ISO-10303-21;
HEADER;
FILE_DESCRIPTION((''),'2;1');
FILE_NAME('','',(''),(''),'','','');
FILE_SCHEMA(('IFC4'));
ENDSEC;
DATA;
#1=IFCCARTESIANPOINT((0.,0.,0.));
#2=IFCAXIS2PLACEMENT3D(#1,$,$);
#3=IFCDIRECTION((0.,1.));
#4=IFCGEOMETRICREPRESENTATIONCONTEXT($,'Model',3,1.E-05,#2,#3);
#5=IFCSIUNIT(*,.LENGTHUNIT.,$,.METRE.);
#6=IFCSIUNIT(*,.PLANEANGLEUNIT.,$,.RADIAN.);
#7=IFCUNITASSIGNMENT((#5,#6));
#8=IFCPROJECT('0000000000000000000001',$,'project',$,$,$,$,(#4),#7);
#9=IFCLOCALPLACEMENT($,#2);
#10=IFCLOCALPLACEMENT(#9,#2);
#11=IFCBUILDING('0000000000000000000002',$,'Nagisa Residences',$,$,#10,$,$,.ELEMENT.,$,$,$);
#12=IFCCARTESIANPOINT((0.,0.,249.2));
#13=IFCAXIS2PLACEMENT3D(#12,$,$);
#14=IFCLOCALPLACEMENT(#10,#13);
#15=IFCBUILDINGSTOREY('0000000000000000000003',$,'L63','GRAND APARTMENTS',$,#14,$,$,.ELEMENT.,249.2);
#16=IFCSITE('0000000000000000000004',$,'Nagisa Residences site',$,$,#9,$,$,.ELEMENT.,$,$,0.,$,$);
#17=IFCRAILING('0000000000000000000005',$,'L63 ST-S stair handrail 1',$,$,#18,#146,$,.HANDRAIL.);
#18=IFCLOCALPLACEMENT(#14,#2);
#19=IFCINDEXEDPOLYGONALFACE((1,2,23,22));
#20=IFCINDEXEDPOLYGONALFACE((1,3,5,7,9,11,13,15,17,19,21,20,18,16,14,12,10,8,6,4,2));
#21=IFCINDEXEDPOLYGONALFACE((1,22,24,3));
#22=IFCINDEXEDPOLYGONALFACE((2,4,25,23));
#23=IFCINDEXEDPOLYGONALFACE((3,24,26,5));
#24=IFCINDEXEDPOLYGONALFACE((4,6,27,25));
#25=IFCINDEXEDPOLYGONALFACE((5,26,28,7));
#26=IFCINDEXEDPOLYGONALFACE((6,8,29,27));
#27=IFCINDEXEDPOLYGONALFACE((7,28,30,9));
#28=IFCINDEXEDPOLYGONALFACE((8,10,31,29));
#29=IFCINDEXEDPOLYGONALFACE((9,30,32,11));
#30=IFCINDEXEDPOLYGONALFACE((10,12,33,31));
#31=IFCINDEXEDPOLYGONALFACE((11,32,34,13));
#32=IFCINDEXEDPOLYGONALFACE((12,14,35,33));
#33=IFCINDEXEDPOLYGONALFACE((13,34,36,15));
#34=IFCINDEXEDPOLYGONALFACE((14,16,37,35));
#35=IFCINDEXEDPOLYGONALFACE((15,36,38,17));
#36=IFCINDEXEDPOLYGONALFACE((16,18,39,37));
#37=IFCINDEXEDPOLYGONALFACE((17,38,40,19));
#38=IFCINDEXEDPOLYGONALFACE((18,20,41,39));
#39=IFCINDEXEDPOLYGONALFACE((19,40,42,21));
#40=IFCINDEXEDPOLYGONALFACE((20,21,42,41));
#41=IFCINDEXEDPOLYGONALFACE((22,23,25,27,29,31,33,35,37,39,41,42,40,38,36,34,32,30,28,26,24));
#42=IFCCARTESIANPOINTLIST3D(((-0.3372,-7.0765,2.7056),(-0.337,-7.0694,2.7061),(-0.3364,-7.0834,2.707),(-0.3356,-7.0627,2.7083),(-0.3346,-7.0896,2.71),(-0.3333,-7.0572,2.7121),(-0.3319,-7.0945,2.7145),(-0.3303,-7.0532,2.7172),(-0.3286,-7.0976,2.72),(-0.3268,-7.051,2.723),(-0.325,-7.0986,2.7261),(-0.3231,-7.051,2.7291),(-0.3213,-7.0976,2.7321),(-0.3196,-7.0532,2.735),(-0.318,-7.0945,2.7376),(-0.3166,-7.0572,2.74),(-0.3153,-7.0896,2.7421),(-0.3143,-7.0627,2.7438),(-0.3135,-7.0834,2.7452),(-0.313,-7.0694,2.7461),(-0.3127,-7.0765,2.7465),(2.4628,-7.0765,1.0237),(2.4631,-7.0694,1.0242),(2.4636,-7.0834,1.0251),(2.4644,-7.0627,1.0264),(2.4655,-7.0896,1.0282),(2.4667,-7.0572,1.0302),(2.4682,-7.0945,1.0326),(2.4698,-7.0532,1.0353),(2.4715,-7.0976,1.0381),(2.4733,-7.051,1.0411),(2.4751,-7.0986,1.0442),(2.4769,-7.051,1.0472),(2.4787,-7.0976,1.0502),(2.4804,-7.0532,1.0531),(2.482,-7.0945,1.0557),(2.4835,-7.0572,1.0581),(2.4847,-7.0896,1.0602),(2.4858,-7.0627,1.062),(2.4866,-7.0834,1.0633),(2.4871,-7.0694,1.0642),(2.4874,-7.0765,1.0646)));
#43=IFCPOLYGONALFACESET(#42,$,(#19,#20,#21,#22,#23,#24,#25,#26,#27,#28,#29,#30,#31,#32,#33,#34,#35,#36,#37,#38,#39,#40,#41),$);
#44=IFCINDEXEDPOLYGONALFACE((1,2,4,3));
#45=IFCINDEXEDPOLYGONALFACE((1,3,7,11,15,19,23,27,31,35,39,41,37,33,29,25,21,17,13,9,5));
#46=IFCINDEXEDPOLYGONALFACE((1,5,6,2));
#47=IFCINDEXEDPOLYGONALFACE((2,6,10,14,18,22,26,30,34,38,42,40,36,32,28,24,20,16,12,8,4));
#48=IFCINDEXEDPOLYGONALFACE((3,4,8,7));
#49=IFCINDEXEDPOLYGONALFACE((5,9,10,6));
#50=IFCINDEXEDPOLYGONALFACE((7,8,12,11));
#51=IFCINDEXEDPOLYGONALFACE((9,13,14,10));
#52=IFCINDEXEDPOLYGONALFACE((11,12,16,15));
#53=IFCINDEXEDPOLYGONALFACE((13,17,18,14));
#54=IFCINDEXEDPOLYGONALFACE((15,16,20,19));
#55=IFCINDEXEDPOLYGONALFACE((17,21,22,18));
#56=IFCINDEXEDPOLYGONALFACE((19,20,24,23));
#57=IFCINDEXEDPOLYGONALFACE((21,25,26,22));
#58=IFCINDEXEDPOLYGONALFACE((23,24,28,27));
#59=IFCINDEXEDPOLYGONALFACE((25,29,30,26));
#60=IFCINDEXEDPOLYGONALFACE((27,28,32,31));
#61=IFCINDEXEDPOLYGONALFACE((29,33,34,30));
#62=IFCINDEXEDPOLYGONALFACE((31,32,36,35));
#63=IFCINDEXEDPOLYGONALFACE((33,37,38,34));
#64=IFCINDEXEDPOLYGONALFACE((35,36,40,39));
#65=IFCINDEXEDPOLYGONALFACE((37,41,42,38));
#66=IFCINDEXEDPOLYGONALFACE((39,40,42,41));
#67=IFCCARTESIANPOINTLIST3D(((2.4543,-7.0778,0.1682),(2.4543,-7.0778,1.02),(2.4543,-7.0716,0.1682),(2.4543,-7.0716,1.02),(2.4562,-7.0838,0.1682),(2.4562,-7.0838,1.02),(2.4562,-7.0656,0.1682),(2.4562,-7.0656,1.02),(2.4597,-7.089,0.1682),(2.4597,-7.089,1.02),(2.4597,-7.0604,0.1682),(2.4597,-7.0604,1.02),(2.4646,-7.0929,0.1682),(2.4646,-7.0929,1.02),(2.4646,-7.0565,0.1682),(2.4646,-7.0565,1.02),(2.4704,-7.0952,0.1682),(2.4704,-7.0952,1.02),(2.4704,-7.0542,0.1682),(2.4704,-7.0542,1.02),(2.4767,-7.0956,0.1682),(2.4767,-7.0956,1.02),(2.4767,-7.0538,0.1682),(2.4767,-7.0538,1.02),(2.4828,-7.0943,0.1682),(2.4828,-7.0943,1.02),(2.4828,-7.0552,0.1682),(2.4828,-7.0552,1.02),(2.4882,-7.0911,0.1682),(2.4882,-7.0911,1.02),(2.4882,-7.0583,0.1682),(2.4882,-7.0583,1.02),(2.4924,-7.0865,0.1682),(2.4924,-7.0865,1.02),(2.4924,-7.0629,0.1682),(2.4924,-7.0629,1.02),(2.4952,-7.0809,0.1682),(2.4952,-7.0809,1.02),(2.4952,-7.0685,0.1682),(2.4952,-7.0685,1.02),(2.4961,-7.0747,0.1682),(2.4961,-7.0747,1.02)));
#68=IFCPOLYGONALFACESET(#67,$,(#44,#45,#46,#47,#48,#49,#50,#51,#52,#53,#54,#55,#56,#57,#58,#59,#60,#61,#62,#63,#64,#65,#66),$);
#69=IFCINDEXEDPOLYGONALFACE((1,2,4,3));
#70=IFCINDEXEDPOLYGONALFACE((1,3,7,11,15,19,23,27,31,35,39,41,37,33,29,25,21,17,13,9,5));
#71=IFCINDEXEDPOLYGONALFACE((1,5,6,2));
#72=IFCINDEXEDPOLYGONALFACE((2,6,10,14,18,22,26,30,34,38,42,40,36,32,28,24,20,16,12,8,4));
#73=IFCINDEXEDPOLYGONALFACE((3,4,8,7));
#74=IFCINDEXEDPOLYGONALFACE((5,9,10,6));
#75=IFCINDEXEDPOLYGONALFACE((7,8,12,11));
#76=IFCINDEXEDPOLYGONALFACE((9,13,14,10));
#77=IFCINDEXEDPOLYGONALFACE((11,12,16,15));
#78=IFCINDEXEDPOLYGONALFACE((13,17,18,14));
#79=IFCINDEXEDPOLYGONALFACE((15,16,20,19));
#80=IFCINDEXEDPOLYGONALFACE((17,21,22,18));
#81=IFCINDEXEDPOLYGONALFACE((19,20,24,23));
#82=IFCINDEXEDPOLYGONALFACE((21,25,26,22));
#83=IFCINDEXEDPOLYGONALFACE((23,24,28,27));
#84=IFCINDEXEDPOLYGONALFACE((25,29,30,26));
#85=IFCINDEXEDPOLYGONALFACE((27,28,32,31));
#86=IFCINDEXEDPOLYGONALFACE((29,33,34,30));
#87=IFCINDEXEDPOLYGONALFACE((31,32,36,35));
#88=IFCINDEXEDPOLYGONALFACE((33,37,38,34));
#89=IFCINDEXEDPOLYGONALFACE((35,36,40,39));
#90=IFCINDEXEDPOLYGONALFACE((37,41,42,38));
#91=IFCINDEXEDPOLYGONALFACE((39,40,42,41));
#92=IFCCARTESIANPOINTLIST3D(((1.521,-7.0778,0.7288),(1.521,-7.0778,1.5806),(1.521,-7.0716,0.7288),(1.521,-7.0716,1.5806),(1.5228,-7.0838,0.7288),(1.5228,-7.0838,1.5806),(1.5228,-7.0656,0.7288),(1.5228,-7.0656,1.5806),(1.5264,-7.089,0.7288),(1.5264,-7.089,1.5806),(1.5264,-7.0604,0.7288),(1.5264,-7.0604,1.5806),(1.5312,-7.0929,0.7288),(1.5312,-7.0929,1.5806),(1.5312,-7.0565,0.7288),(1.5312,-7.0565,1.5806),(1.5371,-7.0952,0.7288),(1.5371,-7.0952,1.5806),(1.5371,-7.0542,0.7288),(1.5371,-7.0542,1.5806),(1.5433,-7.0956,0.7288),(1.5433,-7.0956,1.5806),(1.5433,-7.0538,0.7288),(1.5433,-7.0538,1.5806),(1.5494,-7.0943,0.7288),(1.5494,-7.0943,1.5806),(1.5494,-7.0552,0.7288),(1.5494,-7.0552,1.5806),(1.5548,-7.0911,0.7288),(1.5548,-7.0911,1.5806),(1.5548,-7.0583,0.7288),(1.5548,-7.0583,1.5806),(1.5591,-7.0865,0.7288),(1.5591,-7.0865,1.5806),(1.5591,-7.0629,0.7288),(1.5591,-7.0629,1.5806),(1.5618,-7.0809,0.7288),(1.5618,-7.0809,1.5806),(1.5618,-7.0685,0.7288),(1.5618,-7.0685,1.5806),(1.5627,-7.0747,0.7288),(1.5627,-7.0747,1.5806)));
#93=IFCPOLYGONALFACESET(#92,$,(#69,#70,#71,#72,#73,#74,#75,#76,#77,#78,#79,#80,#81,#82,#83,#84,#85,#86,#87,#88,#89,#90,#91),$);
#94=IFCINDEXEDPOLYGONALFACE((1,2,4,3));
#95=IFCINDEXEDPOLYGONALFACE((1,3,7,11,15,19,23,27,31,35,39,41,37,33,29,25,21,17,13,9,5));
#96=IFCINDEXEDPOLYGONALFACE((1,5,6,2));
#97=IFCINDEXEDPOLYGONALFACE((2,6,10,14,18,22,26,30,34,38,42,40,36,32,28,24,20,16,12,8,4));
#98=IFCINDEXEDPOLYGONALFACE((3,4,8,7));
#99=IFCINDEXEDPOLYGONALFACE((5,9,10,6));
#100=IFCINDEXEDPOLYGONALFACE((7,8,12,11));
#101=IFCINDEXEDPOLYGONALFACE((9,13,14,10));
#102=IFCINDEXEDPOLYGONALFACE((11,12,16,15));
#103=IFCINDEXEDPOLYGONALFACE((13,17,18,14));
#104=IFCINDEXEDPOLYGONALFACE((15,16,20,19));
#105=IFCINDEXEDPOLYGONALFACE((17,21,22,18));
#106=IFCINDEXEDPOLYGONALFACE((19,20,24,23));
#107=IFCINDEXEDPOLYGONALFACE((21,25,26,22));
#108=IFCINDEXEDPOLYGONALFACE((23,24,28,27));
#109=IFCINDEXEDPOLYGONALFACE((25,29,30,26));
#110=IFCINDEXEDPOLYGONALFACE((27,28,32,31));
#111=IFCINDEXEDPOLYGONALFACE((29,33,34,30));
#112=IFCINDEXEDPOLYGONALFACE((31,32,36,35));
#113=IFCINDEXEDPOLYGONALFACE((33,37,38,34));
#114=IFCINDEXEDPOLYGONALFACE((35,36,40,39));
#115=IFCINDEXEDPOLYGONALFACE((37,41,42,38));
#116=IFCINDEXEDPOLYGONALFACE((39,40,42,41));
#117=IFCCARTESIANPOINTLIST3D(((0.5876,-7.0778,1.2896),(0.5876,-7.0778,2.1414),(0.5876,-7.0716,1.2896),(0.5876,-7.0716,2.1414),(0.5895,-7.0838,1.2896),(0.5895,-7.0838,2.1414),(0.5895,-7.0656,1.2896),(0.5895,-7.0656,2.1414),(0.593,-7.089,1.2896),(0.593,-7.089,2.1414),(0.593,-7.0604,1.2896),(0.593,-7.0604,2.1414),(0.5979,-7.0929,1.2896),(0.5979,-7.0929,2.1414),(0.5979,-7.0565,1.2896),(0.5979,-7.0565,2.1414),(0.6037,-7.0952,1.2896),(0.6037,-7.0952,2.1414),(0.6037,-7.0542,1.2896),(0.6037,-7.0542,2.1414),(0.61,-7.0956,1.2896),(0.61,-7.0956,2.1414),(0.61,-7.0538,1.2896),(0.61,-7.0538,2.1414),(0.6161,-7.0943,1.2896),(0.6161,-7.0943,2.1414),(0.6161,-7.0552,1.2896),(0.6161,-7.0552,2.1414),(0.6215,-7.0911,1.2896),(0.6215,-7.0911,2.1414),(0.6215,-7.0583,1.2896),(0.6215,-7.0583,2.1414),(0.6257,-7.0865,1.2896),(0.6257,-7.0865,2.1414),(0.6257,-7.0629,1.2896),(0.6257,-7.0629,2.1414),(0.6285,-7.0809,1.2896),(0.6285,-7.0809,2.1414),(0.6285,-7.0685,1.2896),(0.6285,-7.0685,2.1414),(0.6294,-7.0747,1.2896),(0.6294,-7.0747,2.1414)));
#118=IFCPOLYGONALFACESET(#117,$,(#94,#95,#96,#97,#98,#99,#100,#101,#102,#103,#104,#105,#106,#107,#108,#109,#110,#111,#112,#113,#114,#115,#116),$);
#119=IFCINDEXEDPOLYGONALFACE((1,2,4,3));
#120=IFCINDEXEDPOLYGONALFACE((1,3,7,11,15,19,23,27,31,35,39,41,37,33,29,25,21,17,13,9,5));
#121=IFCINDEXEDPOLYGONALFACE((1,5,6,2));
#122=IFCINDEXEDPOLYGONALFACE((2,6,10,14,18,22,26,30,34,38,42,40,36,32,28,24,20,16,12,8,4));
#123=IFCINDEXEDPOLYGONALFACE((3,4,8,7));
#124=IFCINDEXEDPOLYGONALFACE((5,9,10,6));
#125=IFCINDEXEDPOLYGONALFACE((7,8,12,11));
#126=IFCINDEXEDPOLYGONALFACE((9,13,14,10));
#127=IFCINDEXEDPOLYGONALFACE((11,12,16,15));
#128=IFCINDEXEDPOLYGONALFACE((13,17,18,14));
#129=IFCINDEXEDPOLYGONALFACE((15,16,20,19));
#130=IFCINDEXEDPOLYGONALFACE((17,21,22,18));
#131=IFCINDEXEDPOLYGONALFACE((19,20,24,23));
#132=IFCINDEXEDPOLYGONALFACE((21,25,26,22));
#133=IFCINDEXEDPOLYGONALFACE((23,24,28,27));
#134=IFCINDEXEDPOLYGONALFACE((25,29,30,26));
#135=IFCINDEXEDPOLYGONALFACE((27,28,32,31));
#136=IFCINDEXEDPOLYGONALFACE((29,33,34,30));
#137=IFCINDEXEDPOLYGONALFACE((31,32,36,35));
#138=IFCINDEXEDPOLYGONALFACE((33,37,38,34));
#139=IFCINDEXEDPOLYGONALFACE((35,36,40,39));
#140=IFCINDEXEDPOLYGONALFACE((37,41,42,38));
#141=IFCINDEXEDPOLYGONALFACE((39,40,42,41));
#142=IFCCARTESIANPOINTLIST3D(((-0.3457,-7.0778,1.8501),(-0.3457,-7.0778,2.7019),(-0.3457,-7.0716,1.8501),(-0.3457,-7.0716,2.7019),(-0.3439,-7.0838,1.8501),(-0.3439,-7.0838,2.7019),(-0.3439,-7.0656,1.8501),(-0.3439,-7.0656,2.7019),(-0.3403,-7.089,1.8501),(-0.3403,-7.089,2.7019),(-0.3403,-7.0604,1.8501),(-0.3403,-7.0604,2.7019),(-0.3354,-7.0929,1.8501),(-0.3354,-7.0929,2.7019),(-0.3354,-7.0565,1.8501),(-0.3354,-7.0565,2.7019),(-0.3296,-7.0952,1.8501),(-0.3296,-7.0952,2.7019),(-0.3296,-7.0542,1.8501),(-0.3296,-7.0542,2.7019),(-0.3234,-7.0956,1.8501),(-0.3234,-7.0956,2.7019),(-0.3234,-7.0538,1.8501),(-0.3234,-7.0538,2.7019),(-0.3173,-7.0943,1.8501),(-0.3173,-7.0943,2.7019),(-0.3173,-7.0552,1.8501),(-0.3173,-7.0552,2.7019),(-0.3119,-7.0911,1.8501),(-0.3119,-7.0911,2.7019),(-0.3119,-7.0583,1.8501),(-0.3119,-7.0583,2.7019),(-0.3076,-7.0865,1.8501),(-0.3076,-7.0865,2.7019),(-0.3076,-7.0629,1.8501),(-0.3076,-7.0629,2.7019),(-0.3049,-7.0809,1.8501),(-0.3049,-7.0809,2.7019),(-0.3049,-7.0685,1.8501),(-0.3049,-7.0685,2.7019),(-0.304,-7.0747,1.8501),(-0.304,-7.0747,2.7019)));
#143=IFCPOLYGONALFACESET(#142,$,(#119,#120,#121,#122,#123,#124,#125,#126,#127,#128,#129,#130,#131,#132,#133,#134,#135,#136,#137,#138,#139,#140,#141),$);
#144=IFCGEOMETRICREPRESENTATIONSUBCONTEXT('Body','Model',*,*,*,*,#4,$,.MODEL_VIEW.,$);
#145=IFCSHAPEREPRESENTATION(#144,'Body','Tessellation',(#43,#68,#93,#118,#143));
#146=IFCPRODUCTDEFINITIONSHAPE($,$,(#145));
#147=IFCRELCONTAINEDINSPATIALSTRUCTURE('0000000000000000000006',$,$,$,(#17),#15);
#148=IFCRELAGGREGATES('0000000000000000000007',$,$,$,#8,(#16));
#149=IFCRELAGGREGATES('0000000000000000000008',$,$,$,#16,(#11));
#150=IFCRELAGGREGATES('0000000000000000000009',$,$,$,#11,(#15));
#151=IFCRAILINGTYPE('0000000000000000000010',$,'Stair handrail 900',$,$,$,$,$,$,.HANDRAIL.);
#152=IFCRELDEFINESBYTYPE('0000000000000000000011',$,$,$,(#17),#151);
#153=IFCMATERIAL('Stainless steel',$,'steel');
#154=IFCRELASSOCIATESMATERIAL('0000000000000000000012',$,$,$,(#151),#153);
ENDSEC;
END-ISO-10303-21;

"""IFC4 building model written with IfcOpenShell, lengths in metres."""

from ifc_helpers import new_model, si_unit, direction, frame, origin, origin_2d, place, context, subcontext, project, spatial, circle, extrude, material, type_object, element, save


model = new_model("IFC4")

# Units and contexts
model_context = context("Model", 3, precision=1e-05, world=origin(), true_north=direction((0.0, 1.0)))
body_context = subcontext(model_context, "Body", "Model", "MODEL_VIEW")
ifc_project = project(units=[si_unit("LENGTHUNIT", "METRE"), si_unit("PLANEANGLEUNIT", "RADIAN")], contexts=[model_context])

# Site, building, storey
site_placement = place(None, origin())
site = spatial("IfcSite", under=ifc_project, at=site_placement, Name="Nagisa Residences site", CompositionType="ELEMENT", RefElevation=0.0)
building_placement = place(site_placement, origin())
building = spatial("IfcBuilding", under=site, at=building_placement, Name="Nagisa Residences", CompositionType="ELEMENT")
storey_placement = place(building_placement, frame((0.0, 0.0, 249.2)))
storey = spatial("IfcBuildingStorey", under=building, at=storey_placement, Name="L63", Description="GRAND APARTMENTS", CompositionType="ELEMENT", Elevation=249.2)

# Railing
ifc_material_1 = material(Name="Stainless steel", Category="steel")
railing_type_1 = type_object("IfcRailingType", Name="Stair handrail 900", PredefinedType="HANDRAIL", material=ifc_material_1)
railing_1_placement = place(storey_placement, frame((2.4751, -7.0747, 0.1682)))
element("IfcRailing", 1, at=railing_1_placement, inside=storey, type_object=railing_type_1, Name="L63 ST-S stair handrail 1", PredefinedType="HANDRAIL", context=body_context, shape_type="SweptSolid", body=[
    extrude(circle(Radius=0.0239, at=origin_2d()), frame((0.0, 0.0, 0.876), z_axis=(-0.857242, 0.0, 0.514913), x_axis=(0.0, -1.0, 0.0)), (0.0, 0.0, 1.0), 3.2664),
    extrude(circle(Radius=0.021, at=origin_2d()), origin(), (0.0, 0.0, 1.0), 0.8518),
    extrude(circle(Radius=0.021, at=origin_2d()), frame((-0.9333, 0.0, 0.5605)), (0.0, 0.0, 1.0), 0.8518),
    extrude(circle(Radius=0.021, at=origin_2d()), frame((-1.8667, 0.0, 1.1213)), (0.0, 0.0, 1.0), 0.8518),
    extrude(circle(Radius=0.021, at=origin_2d()), frame((-2.8, 0.0, 1.6819)), (0.0, 0.0, 1.0), 0.8518),
])

save(model, "model.ifc")
